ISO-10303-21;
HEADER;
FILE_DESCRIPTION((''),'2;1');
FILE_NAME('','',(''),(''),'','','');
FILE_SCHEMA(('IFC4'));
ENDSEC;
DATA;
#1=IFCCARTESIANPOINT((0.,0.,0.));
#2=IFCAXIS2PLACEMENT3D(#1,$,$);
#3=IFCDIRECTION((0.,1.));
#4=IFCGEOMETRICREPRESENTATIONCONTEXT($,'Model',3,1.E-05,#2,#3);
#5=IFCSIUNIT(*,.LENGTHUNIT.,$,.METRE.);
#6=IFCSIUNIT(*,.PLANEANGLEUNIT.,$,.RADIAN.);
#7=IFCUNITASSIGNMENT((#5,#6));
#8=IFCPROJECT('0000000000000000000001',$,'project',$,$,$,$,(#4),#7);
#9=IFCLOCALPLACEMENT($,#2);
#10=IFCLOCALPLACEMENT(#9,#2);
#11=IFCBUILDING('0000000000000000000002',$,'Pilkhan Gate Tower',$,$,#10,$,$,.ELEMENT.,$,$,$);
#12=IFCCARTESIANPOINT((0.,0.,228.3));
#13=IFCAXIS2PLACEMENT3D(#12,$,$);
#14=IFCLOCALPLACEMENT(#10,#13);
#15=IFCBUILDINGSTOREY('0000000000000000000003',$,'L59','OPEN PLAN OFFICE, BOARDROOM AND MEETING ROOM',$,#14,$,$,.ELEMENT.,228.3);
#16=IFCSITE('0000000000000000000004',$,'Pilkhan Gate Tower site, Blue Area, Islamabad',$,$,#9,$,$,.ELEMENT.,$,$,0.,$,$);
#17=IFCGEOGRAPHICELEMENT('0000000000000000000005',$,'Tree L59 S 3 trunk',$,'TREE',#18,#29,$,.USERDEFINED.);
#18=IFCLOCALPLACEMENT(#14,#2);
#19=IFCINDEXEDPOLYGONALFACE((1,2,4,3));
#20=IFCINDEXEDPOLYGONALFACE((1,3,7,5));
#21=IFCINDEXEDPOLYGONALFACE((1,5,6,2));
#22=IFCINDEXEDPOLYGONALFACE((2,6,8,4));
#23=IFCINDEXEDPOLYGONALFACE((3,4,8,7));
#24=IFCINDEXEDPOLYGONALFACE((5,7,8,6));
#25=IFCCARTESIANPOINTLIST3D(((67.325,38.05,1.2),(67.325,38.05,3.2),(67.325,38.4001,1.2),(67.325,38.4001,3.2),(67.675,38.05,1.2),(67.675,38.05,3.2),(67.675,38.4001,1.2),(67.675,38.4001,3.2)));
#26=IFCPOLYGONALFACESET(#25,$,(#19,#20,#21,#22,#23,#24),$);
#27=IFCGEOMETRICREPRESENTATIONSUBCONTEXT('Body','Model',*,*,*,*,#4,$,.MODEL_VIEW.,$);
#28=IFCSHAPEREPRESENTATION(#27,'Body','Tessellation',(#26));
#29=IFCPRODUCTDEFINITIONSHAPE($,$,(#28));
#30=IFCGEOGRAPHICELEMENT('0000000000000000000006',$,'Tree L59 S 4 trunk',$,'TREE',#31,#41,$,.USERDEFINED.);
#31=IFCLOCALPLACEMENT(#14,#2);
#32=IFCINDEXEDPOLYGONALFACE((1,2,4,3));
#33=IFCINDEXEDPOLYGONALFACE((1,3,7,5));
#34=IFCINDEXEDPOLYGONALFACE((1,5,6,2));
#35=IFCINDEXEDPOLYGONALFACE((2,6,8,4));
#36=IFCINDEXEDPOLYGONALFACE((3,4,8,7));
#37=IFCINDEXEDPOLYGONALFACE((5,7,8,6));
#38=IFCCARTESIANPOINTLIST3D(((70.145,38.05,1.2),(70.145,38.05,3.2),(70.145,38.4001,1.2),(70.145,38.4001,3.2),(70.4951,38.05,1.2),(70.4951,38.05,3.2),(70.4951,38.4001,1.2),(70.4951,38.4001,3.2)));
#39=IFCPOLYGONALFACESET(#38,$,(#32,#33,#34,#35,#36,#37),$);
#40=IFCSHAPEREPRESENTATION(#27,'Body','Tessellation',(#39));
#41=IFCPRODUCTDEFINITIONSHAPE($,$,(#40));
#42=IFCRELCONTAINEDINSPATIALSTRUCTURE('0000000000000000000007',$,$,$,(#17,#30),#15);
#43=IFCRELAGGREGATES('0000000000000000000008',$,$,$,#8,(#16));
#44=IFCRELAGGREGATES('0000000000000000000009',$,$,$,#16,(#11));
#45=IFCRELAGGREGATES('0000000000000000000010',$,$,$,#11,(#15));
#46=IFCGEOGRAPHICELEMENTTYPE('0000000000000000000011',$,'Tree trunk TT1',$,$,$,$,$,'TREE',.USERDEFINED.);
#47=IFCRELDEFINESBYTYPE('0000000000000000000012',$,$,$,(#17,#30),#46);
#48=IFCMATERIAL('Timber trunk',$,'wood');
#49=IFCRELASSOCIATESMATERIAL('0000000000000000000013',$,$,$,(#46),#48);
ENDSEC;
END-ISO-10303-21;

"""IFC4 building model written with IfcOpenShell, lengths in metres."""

from ifc_helpers import new_model, si_unit, direction, frame, origin, origin_2d, place, context, subcontext, project, spatial, rectangle, extrude, material, type_object, element, save


model = new_model("IFC4")

# Units and contexts
model_context = context("Model", 3, precision=1e-05, world=origin(), true_north=direction((0.0, 1.0)))
body_context = subcontext(model_context, "Body", "Model", "MODEL_VIEW")
ifc_project = project(units=[si_unit("LENGTHUNIT", "METRE"), si_unit("PLANEANGLEUNIT", "RADIAN")], contexts=[model_context])

# Site, building, storey
site_placement = place(None, origin())
site = spatial("IfcSite", under=ifc_project, at=site_placement, Name="Pilkhan Gate Tower site, Blue Area, Islamabad", CompositionType="ELEMENT", RefElevation=0.0)
building_placement = place(site_placement, origin())
building = spatial("IfcBuilding", under=site, at=building_placement, Name="Pilkhan Gate Tower", CompositionType="ELEMENT")
storey_placement = place(building_placement, frame((0.0, 0.0, 228.3)))
storey = spatial("IfcBuildingStorey", under=building, at=storey_placement, Name="L59", Description="OPEN PLAN OFFICE, BOARDROOM AND MEETING ROOM", CompositionType="ELEMENT", Elevation=228.3)

# Geographic elements
ifc_material_1 = material(Name="Timber trunk", Category="wood")
geographic_element_type_1 = type_object("IfcGeographicElementType", Name="Tree trunk TT1", ElementType="TREE", PredefinedType="USERDEFINED", material=ifc_material_1)
for number, where, z_axis, x_axis, name in (
    (1, (67.5, 38.2251, 1.2), (0.0, 0.0, 1.0), (1.0, 0.0, 0.0), "Tree L59 S 3 trunk"),
    (2, (70.3201, 38.2251, 1.2), (0.0, 0.0, 1.0), (1.0, 0.0, 0.0), "Tree L59 S 4 trunk"),
):
    element("IfcGeographicElement", number, at=place(storey_placement, frame(where, z_axis=z_axis, x_axis=x_axis)), inside=storey, type_object=geographic_element_type_1, Name=name, ObjectType="TREE", PredefinedType="USERDEFINED", context=body_context, shape_type="SweptSolid", body=[
        extrude(rectangle(XDim=0.3501, YDim=0.3501, at=origin_2d()), origin(), (0.0, 0.0, 1.0), 2.0),
    ])

save(model, "model.ifc")
